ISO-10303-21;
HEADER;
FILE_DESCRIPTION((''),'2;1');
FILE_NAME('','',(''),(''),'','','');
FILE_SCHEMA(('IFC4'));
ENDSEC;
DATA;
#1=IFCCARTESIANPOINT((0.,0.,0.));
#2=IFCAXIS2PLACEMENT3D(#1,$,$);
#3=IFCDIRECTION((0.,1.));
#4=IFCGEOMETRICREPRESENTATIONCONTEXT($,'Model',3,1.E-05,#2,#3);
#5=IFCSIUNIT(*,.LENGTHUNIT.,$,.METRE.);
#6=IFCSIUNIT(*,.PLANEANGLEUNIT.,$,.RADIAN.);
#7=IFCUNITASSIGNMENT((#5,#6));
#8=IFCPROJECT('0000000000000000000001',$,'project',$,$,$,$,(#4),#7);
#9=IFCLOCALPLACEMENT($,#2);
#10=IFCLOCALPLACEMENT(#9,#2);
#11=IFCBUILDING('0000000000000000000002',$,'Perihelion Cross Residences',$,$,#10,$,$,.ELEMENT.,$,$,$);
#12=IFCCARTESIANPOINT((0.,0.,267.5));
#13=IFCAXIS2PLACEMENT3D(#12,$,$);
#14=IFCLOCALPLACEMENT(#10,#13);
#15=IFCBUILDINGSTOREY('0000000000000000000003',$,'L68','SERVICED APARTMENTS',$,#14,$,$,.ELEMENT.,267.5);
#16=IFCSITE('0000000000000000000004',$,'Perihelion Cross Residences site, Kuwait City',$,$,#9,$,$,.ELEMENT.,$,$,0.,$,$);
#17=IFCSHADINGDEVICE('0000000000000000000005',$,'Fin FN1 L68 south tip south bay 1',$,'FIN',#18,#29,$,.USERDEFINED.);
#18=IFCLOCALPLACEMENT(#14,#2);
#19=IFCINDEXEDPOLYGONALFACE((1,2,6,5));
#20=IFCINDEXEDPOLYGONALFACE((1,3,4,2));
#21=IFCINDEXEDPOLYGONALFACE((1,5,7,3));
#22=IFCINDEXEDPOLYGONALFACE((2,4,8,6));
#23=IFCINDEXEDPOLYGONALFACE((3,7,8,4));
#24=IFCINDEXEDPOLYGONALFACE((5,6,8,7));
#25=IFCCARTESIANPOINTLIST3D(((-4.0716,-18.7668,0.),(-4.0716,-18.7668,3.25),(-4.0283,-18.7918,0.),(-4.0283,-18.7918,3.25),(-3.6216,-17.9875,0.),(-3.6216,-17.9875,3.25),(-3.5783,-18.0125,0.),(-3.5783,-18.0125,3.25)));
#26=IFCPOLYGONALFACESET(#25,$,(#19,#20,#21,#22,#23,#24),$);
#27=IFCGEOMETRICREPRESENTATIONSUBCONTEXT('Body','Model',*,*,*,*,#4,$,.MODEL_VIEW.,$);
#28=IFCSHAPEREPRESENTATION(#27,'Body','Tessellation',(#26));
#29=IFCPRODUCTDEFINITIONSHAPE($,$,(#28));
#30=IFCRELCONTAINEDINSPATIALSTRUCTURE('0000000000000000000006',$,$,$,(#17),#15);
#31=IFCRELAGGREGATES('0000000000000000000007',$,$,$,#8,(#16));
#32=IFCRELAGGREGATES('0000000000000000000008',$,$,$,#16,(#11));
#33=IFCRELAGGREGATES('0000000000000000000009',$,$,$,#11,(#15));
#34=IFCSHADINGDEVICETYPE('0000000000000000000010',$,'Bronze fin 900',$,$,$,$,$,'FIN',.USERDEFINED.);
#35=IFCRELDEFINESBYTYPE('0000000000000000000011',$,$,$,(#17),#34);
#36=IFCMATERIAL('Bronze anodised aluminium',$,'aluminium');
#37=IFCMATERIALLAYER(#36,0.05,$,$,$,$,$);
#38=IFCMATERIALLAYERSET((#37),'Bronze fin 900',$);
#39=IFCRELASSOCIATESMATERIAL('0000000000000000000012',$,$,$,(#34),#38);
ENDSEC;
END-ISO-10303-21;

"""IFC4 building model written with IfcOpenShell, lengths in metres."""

from ifc_helpers import new_model, si_unit, direction, frame, origin, origin_2d, place, context, subcontext, project, spatial, rectangle, extrude, material, layer, layer_set, type_object, element, save


model = new_model("IFC4")

# Units and contexts
model_context = context("Model", 3, precision=1e-05, world=origin(), true_north=direction((0.0, 1.0)))
body_context = subcontext(model_context, "Body", "Model", "MODEL_VIEW")
ifc_project = project(units=[si_unit("LENGTHUNIT", "METRE"), si_unit("PLANEANGLEUNIT", "RADIAN")], contexts=[model_context])

# Site, building, storey
site_placement = place(None, origin())
site = spatial("IfcSite", under=ifc_project, at=site_placement, Name="Perihelion Cross Residences site, Kuwait City", CompositionType="ELEMENT", RefElevation=0.0)
building_placement = place(site_placement, origin())
building = spatial("IfcBuilding", under=site, at=building_placement, Name="Perihelion Cross Residences", CompositionType="ELEMENT")
storey_placement = place(building_placement, frame((0.0, 0.0, 267.5)))
storey = spatial("IfcBuildingStorey", under=building, at=storey_placement, Name="L68", Description="SERVICED APARTMENTS", CompositionType="ELEMENT", Elevation=267.5)

# Shading device
ifc_material_1 = material(Name="Bronze anodised aluminium", Category="aluminium")
ifc_layer_1 = layer(ifc_material_1, 0.05)
ifc_layer_set_1 = layer_set([ifc_layer_1], Name="Bronze fin 900")
shading_device_type = type_object("IfcShadingDeviceType", Name="Bronze fin 900", ElementType="FIN", PredefinedType="USERDEFINED", material=ifc_layer_set_1)
shading_device_placement = place(storey_placement, frame((-3.825, -18.3896, 0.0), z_axis=(0.0, 0.0, 1.0), x_axis=(-0.5, -0.866025, 0.0)))
element("IfcShadingDevice", 1, at=shading_device_placement, inside=storey, type_object=shading_device_type, Name="Fin FN1 L68 south tip south bay 1", ObjectType="FIN", PredefinedType="USERDEFINED", context=body_context, shape_type="SweptSolid", body=[
    extrude(rectangle(XDim=0.8999, YDim=0.05, at=origin_2d()), origin(), (0.0, 0.0, 1.0), 3.25),
])

save(model, "model.ifc")
